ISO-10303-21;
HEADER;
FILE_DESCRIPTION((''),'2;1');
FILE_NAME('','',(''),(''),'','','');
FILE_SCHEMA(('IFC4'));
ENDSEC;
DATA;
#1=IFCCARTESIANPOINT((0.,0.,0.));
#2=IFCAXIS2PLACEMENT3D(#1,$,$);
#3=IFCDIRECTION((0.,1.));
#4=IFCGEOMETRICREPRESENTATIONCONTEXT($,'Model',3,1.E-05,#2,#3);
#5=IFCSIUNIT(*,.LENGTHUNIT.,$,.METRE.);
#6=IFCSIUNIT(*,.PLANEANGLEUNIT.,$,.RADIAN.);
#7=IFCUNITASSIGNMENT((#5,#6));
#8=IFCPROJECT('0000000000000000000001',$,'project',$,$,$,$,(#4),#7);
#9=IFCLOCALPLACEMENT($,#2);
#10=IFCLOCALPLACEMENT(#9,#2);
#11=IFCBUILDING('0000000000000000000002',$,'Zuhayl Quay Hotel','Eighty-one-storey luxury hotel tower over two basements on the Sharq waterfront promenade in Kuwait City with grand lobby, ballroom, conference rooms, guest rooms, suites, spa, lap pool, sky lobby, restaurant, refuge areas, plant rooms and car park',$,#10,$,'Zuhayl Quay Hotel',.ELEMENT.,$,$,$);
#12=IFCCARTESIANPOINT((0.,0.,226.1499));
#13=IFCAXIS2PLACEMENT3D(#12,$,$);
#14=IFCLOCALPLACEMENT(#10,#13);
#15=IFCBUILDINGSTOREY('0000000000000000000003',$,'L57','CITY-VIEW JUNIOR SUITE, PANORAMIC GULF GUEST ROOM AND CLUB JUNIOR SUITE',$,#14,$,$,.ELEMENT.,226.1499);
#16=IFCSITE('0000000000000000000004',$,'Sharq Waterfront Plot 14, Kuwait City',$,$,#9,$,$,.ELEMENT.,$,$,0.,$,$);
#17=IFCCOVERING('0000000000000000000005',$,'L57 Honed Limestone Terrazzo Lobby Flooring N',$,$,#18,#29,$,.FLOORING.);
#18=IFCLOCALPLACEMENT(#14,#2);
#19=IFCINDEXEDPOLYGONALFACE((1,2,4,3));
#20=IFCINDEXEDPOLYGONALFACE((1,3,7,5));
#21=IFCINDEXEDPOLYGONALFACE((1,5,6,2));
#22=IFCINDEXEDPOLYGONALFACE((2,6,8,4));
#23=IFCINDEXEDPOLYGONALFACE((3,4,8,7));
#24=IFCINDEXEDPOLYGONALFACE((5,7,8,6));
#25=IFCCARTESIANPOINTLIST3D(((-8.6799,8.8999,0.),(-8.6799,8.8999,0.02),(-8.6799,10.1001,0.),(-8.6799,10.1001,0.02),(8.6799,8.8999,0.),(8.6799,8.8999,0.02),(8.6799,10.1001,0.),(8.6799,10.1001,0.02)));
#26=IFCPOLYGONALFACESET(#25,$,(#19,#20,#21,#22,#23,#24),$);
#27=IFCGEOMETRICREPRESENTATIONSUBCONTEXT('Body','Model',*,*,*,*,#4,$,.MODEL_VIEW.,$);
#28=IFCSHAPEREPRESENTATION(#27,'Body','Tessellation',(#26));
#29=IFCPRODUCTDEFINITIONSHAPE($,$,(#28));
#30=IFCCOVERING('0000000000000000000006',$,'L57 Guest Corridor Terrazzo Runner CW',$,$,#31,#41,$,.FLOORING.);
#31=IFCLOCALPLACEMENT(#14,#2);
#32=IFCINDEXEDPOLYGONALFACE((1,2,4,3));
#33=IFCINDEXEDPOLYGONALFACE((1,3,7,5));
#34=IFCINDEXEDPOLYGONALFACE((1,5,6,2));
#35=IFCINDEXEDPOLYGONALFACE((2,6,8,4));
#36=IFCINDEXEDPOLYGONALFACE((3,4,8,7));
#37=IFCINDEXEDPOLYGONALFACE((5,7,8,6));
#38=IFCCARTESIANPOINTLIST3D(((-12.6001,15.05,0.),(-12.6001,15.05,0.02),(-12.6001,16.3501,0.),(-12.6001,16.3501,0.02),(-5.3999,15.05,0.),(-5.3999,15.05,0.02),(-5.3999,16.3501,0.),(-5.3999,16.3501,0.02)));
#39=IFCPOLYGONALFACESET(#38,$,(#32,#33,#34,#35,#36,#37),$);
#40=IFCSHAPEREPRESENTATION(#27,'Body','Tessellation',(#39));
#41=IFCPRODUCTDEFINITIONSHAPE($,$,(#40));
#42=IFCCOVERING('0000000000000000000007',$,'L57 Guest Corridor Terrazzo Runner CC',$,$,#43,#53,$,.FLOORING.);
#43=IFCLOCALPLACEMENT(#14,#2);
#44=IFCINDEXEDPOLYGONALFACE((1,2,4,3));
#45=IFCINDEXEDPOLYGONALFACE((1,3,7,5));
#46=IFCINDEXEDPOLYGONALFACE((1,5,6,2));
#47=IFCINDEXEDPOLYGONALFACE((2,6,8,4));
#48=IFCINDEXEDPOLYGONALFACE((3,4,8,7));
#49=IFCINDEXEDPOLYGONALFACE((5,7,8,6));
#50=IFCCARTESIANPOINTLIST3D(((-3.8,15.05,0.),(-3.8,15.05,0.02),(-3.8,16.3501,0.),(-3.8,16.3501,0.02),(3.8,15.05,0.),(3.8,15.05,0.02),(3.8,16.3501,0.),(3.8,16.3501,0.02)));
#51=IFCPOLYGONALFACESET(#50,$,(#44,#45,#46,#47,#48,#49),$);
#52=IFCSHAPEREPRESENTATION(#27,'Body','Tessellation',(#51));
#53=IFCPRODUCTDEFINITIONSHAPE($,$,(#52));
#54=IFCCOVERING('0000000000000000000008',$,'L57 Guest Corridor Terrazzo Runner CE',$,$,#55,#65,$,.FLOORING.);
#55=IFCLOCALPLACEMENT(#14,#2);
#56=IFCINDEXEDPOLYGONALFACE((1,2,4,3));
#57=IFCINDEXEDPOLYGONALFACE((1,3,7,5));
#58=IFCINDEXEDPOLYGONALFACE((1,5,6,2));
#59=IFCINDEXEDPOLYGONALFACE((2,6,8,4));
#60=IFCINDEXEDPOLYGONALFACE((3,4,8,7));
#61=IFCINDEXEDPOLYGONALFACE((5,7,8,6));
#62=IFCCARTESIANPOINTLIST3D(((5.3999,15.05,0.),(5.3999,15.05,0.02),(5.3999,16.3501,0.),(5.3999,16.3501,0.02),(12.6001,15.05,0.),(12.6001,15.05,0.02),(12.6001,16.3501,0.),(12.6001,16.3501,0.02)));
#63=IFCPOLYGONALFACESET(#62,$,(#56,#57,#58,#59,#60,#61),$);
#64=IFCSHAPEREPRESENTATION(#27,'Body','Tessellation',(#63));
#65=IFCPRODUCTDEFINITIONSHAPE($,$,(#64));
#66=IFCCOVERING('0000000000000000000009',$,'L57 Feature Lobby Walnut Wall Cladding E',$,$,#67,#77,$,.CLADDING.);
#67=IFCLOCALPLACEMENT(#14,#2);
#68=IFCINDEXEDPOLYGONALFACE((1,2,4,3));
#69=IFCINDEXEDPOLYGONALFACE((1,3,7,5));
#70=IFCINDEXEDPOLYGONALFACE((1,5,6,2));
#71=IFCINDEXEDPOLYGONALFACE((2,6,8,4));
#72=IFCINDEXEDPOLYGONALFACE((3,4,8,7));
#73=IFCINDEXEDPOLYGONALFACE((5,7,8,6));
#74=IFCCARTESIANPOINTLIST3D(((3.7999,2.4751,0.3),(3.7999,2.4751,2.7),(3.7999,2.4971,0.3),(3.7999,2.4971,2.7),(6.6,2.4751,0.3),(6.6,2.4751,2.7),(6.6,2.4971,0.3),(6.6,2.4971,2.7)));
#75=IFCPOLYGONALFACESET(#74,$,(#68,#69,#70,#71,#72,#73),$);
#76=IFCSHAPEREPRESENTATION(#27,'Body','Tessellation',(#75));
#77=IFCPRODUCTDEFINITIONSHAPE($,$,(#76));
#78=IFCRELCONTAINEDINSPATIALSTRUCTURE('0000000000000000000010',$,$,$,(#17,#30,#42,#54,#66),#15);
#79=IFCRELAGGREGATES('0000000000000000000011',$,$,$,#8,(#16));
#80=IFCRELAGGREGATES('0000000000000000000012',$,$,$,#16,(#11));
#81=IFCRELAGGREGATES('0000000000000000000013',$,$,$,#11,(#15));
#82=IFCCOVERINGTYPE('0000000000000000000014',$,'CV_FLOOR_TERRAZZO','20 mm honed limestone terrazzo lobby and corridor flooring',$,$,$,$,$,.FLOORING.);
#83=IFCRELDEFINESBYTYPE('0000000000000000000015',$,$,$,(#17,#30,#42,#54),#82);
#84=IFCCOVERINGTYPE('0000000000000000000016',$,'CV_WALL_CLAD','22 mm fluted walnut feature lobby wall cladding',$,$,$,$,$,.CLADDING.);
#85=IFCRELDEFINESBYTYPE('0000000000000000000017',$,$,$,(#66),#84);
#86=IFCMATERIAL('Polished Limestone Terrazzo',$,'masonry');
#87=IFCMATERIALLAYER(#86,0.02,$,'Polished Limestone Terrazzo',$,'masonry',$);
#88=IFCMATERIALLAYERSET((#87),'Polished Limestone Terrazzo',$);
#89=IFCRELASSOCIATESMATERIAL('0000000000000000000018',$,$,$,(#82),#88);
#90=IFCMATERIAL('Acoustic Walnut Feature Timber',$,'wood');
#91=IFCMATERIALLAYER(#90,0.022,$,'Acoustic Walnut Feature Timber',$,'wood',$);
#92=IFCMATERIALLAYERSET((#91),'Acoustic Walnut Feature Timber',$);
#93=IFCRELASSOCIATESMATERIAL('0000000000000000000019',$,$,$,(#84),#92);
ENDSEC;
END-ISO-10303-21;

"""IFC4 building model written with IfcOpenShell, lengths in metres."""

from ifc_helpers import new_model, si_unit, direction, frame, origin, origin_2d, place, context, subcontext, project, spatial, polyline, rectangle, outline, extrude, material, layer, layer_set, type_object, element, save


model = new_model("IFC4")

# Units and contexts
model_context = context("Model", 3, precision=1e-05, world=origin(), true_north=direction((0.0, 1.0)))
body_context = subcontext(model_context, "Body", "Model", "MODEL_VIEW")
ifc_project = project(units=[si_unit("LENGTHUNIT", "METRE"), si_unit("PLANEANGLEUNIT", "RADIAN")], contexts=[model_context])

# Site, building, storey
site_placement = place(None, origin())
site = spatial("IfcSite", under=ifc_project, at=site_placement, Name="Sharq Waterfront Plot 14, Kuwait City", CompositionType="ELEMENT", RefElevation=0.0)
building_placement = place(site_placement, origin())
building = spatial("IfcBuilding", under=site, at=building_placement, Name="Zuhayl Quay Hotel", Description="Eighty-one-storey luxury hotel tower over two basements on the Sharq waterfront promenade in Kuwait City with grand lobby, ballroom, conference rooms, guest rooms, suites, spa, lap pool, sky lobby, restaurant, refuge areas, plant rooms and car park", LongName="Zuhayl Quay Hotel", CompositionType="ELEMENT")
storey_placement = place(building_placement, frame((0.0, 0.0, 226.1499)))
storey = spatial("IfcBuildingStorey", under=building, at=storey_placement, Name="L57", Description="CITY-VIEW JUNIOR SUITE, PANORAMIC GULF GUEST ROOM AND CLUB JUNIOR SUITE", CompositionType="ELEMENT", Elevation=226.1499)

# Coverings
ifc_material_1 = material(Name="Polished Limestone Terrazzo", Category="masonry")
ifc_layer_1 = layer(ifc_material_1, 0.02, Name="Polished Limestone Terrazzo", Category="masonry")
ifc_layer_set_1 = layer_set([ifc_layer_1], Name="Polished Limestone Terrazzo")
covering_type_1 = type_object("IfcCoveringType", Name="CV_FLOOR_TERRAZZO", Description="20 mm honed limestone terrazzo lobby and corridor flooring", PredefinedType="FLOORING", material=ifc_layer_set_1)
covering_1_placement = place(storey_placement, origin())
element("IfcCovering", 1, at=covering_1_placement, inside=storey, type_object=covering_type_1, Name="L57 Honed Limestone Terrazzo Lobby Flooring N", PredefinedType="FLOORING", context=body_context, shape_type="SweptSolid", body=[
    extrude(outline(polyline([(-8.6799, 8.8999), (8.6799, 8.8999), (8.6799, 10.1001), (-8.6799, 10.1001), (-8.6799, 8.8999)])), origin(), (0.0, 0.0, 1.0), 0.02),
])
covering_2_placement = place(storey_placement, origin())
element("IfcCovering", 2, at=covering_2_placement, inside=storey, type_object=covering_type_1, Name="L57 Guest Corridor Terrazzo Runner CW", PredefinedType="FLOORING", context=body_context, shape_type="SweptSolid", body=[
    extrude(outline(polyline([(-12.6001, 15.05), (-5.3999, 15.05), (-5.3999, 16.3501), (-12.6001, 16.3501), (-12.6001, 15.05)])), origin(), (0.0, 0.0, 1.0), 0.02),
])
covering_3_placement = place(storey_placement, origin())
element("IfcCovering", 3, at=covering_3_placement, inside=storey, type_object=covering_type_1, Name="L57 Guest Corridor Terrazzo Runner CC", PredefinedType="FLOORING", context=body_context, shape_type="SweptSolid", body=[
    extrude(outline(polyline([(-3.8, 15.05), (3.8, 15.05), (3.8, 16.3501), (-3.8, 16.3501), (-3.8, 15.05)])), origin(), (0.0, 0.0, 1.0), 0.02),
])
covering_4_placement = place(storey_placement, origin())
element("IfcCovering", 4, at=covering_4_placement, inside=storey, type_object=covering_type_1, Name="L57 Guest Corridor Terrazzo Runner CE", PredefinedType="FLOORING", context=body_context, shape_type="SweptSolid", body=[
    extrude(outline(polyline([(5.3999, 15.05), (12.6001, 15.05), (12.6001, 16.3501), (5.3999, 16.3501), (5.3999, 15.05)])), origin(), (0.0, 0.0, 1.0), 0.02),
])
ifc_material_2 = material(Name="Acoustic Walnut Feature Timber", Category="wood")
ifc_layer_2 = layer(ifc_material_2, 0.022, Name="Acoustic Walnut Feature Timber", Category="wood")
ifc_layer_set_2 = layer_set([ifc_layer_2], Name="Acoustic Walnut Feature Timber")
covering_type_2 = type_object("IfcCoveringType", Name="CV_WALL_CLAD", Description="22 mm fluted walnut feature lobby wall cladding", PredefinedType="CLADDING", material=ifc_layer_set_2)
covering_5_placement = place(storey_placement, frame((5.2, 2.4861, 0.3), z_axis=(0.0, 0.0, 1.0), x_axis=(1.0, 0.0, 0.0)))
element("IfcCovering", 5, at=covering_5_placement, inside=storey, type_object=covering_type_2, Name="L57 Feature Lobby Walnut Wall Cladding E", PredefinedType="CLADDING", context=body_context, shape_type="SweptSolid", body=[
    extrude(rectangle(XDim=2.8, YDim=0.022, at=origin_2d()), origin(), (0.0, 0.0, 1.0), 2.3999),
])

save(model, "model.ifc")
